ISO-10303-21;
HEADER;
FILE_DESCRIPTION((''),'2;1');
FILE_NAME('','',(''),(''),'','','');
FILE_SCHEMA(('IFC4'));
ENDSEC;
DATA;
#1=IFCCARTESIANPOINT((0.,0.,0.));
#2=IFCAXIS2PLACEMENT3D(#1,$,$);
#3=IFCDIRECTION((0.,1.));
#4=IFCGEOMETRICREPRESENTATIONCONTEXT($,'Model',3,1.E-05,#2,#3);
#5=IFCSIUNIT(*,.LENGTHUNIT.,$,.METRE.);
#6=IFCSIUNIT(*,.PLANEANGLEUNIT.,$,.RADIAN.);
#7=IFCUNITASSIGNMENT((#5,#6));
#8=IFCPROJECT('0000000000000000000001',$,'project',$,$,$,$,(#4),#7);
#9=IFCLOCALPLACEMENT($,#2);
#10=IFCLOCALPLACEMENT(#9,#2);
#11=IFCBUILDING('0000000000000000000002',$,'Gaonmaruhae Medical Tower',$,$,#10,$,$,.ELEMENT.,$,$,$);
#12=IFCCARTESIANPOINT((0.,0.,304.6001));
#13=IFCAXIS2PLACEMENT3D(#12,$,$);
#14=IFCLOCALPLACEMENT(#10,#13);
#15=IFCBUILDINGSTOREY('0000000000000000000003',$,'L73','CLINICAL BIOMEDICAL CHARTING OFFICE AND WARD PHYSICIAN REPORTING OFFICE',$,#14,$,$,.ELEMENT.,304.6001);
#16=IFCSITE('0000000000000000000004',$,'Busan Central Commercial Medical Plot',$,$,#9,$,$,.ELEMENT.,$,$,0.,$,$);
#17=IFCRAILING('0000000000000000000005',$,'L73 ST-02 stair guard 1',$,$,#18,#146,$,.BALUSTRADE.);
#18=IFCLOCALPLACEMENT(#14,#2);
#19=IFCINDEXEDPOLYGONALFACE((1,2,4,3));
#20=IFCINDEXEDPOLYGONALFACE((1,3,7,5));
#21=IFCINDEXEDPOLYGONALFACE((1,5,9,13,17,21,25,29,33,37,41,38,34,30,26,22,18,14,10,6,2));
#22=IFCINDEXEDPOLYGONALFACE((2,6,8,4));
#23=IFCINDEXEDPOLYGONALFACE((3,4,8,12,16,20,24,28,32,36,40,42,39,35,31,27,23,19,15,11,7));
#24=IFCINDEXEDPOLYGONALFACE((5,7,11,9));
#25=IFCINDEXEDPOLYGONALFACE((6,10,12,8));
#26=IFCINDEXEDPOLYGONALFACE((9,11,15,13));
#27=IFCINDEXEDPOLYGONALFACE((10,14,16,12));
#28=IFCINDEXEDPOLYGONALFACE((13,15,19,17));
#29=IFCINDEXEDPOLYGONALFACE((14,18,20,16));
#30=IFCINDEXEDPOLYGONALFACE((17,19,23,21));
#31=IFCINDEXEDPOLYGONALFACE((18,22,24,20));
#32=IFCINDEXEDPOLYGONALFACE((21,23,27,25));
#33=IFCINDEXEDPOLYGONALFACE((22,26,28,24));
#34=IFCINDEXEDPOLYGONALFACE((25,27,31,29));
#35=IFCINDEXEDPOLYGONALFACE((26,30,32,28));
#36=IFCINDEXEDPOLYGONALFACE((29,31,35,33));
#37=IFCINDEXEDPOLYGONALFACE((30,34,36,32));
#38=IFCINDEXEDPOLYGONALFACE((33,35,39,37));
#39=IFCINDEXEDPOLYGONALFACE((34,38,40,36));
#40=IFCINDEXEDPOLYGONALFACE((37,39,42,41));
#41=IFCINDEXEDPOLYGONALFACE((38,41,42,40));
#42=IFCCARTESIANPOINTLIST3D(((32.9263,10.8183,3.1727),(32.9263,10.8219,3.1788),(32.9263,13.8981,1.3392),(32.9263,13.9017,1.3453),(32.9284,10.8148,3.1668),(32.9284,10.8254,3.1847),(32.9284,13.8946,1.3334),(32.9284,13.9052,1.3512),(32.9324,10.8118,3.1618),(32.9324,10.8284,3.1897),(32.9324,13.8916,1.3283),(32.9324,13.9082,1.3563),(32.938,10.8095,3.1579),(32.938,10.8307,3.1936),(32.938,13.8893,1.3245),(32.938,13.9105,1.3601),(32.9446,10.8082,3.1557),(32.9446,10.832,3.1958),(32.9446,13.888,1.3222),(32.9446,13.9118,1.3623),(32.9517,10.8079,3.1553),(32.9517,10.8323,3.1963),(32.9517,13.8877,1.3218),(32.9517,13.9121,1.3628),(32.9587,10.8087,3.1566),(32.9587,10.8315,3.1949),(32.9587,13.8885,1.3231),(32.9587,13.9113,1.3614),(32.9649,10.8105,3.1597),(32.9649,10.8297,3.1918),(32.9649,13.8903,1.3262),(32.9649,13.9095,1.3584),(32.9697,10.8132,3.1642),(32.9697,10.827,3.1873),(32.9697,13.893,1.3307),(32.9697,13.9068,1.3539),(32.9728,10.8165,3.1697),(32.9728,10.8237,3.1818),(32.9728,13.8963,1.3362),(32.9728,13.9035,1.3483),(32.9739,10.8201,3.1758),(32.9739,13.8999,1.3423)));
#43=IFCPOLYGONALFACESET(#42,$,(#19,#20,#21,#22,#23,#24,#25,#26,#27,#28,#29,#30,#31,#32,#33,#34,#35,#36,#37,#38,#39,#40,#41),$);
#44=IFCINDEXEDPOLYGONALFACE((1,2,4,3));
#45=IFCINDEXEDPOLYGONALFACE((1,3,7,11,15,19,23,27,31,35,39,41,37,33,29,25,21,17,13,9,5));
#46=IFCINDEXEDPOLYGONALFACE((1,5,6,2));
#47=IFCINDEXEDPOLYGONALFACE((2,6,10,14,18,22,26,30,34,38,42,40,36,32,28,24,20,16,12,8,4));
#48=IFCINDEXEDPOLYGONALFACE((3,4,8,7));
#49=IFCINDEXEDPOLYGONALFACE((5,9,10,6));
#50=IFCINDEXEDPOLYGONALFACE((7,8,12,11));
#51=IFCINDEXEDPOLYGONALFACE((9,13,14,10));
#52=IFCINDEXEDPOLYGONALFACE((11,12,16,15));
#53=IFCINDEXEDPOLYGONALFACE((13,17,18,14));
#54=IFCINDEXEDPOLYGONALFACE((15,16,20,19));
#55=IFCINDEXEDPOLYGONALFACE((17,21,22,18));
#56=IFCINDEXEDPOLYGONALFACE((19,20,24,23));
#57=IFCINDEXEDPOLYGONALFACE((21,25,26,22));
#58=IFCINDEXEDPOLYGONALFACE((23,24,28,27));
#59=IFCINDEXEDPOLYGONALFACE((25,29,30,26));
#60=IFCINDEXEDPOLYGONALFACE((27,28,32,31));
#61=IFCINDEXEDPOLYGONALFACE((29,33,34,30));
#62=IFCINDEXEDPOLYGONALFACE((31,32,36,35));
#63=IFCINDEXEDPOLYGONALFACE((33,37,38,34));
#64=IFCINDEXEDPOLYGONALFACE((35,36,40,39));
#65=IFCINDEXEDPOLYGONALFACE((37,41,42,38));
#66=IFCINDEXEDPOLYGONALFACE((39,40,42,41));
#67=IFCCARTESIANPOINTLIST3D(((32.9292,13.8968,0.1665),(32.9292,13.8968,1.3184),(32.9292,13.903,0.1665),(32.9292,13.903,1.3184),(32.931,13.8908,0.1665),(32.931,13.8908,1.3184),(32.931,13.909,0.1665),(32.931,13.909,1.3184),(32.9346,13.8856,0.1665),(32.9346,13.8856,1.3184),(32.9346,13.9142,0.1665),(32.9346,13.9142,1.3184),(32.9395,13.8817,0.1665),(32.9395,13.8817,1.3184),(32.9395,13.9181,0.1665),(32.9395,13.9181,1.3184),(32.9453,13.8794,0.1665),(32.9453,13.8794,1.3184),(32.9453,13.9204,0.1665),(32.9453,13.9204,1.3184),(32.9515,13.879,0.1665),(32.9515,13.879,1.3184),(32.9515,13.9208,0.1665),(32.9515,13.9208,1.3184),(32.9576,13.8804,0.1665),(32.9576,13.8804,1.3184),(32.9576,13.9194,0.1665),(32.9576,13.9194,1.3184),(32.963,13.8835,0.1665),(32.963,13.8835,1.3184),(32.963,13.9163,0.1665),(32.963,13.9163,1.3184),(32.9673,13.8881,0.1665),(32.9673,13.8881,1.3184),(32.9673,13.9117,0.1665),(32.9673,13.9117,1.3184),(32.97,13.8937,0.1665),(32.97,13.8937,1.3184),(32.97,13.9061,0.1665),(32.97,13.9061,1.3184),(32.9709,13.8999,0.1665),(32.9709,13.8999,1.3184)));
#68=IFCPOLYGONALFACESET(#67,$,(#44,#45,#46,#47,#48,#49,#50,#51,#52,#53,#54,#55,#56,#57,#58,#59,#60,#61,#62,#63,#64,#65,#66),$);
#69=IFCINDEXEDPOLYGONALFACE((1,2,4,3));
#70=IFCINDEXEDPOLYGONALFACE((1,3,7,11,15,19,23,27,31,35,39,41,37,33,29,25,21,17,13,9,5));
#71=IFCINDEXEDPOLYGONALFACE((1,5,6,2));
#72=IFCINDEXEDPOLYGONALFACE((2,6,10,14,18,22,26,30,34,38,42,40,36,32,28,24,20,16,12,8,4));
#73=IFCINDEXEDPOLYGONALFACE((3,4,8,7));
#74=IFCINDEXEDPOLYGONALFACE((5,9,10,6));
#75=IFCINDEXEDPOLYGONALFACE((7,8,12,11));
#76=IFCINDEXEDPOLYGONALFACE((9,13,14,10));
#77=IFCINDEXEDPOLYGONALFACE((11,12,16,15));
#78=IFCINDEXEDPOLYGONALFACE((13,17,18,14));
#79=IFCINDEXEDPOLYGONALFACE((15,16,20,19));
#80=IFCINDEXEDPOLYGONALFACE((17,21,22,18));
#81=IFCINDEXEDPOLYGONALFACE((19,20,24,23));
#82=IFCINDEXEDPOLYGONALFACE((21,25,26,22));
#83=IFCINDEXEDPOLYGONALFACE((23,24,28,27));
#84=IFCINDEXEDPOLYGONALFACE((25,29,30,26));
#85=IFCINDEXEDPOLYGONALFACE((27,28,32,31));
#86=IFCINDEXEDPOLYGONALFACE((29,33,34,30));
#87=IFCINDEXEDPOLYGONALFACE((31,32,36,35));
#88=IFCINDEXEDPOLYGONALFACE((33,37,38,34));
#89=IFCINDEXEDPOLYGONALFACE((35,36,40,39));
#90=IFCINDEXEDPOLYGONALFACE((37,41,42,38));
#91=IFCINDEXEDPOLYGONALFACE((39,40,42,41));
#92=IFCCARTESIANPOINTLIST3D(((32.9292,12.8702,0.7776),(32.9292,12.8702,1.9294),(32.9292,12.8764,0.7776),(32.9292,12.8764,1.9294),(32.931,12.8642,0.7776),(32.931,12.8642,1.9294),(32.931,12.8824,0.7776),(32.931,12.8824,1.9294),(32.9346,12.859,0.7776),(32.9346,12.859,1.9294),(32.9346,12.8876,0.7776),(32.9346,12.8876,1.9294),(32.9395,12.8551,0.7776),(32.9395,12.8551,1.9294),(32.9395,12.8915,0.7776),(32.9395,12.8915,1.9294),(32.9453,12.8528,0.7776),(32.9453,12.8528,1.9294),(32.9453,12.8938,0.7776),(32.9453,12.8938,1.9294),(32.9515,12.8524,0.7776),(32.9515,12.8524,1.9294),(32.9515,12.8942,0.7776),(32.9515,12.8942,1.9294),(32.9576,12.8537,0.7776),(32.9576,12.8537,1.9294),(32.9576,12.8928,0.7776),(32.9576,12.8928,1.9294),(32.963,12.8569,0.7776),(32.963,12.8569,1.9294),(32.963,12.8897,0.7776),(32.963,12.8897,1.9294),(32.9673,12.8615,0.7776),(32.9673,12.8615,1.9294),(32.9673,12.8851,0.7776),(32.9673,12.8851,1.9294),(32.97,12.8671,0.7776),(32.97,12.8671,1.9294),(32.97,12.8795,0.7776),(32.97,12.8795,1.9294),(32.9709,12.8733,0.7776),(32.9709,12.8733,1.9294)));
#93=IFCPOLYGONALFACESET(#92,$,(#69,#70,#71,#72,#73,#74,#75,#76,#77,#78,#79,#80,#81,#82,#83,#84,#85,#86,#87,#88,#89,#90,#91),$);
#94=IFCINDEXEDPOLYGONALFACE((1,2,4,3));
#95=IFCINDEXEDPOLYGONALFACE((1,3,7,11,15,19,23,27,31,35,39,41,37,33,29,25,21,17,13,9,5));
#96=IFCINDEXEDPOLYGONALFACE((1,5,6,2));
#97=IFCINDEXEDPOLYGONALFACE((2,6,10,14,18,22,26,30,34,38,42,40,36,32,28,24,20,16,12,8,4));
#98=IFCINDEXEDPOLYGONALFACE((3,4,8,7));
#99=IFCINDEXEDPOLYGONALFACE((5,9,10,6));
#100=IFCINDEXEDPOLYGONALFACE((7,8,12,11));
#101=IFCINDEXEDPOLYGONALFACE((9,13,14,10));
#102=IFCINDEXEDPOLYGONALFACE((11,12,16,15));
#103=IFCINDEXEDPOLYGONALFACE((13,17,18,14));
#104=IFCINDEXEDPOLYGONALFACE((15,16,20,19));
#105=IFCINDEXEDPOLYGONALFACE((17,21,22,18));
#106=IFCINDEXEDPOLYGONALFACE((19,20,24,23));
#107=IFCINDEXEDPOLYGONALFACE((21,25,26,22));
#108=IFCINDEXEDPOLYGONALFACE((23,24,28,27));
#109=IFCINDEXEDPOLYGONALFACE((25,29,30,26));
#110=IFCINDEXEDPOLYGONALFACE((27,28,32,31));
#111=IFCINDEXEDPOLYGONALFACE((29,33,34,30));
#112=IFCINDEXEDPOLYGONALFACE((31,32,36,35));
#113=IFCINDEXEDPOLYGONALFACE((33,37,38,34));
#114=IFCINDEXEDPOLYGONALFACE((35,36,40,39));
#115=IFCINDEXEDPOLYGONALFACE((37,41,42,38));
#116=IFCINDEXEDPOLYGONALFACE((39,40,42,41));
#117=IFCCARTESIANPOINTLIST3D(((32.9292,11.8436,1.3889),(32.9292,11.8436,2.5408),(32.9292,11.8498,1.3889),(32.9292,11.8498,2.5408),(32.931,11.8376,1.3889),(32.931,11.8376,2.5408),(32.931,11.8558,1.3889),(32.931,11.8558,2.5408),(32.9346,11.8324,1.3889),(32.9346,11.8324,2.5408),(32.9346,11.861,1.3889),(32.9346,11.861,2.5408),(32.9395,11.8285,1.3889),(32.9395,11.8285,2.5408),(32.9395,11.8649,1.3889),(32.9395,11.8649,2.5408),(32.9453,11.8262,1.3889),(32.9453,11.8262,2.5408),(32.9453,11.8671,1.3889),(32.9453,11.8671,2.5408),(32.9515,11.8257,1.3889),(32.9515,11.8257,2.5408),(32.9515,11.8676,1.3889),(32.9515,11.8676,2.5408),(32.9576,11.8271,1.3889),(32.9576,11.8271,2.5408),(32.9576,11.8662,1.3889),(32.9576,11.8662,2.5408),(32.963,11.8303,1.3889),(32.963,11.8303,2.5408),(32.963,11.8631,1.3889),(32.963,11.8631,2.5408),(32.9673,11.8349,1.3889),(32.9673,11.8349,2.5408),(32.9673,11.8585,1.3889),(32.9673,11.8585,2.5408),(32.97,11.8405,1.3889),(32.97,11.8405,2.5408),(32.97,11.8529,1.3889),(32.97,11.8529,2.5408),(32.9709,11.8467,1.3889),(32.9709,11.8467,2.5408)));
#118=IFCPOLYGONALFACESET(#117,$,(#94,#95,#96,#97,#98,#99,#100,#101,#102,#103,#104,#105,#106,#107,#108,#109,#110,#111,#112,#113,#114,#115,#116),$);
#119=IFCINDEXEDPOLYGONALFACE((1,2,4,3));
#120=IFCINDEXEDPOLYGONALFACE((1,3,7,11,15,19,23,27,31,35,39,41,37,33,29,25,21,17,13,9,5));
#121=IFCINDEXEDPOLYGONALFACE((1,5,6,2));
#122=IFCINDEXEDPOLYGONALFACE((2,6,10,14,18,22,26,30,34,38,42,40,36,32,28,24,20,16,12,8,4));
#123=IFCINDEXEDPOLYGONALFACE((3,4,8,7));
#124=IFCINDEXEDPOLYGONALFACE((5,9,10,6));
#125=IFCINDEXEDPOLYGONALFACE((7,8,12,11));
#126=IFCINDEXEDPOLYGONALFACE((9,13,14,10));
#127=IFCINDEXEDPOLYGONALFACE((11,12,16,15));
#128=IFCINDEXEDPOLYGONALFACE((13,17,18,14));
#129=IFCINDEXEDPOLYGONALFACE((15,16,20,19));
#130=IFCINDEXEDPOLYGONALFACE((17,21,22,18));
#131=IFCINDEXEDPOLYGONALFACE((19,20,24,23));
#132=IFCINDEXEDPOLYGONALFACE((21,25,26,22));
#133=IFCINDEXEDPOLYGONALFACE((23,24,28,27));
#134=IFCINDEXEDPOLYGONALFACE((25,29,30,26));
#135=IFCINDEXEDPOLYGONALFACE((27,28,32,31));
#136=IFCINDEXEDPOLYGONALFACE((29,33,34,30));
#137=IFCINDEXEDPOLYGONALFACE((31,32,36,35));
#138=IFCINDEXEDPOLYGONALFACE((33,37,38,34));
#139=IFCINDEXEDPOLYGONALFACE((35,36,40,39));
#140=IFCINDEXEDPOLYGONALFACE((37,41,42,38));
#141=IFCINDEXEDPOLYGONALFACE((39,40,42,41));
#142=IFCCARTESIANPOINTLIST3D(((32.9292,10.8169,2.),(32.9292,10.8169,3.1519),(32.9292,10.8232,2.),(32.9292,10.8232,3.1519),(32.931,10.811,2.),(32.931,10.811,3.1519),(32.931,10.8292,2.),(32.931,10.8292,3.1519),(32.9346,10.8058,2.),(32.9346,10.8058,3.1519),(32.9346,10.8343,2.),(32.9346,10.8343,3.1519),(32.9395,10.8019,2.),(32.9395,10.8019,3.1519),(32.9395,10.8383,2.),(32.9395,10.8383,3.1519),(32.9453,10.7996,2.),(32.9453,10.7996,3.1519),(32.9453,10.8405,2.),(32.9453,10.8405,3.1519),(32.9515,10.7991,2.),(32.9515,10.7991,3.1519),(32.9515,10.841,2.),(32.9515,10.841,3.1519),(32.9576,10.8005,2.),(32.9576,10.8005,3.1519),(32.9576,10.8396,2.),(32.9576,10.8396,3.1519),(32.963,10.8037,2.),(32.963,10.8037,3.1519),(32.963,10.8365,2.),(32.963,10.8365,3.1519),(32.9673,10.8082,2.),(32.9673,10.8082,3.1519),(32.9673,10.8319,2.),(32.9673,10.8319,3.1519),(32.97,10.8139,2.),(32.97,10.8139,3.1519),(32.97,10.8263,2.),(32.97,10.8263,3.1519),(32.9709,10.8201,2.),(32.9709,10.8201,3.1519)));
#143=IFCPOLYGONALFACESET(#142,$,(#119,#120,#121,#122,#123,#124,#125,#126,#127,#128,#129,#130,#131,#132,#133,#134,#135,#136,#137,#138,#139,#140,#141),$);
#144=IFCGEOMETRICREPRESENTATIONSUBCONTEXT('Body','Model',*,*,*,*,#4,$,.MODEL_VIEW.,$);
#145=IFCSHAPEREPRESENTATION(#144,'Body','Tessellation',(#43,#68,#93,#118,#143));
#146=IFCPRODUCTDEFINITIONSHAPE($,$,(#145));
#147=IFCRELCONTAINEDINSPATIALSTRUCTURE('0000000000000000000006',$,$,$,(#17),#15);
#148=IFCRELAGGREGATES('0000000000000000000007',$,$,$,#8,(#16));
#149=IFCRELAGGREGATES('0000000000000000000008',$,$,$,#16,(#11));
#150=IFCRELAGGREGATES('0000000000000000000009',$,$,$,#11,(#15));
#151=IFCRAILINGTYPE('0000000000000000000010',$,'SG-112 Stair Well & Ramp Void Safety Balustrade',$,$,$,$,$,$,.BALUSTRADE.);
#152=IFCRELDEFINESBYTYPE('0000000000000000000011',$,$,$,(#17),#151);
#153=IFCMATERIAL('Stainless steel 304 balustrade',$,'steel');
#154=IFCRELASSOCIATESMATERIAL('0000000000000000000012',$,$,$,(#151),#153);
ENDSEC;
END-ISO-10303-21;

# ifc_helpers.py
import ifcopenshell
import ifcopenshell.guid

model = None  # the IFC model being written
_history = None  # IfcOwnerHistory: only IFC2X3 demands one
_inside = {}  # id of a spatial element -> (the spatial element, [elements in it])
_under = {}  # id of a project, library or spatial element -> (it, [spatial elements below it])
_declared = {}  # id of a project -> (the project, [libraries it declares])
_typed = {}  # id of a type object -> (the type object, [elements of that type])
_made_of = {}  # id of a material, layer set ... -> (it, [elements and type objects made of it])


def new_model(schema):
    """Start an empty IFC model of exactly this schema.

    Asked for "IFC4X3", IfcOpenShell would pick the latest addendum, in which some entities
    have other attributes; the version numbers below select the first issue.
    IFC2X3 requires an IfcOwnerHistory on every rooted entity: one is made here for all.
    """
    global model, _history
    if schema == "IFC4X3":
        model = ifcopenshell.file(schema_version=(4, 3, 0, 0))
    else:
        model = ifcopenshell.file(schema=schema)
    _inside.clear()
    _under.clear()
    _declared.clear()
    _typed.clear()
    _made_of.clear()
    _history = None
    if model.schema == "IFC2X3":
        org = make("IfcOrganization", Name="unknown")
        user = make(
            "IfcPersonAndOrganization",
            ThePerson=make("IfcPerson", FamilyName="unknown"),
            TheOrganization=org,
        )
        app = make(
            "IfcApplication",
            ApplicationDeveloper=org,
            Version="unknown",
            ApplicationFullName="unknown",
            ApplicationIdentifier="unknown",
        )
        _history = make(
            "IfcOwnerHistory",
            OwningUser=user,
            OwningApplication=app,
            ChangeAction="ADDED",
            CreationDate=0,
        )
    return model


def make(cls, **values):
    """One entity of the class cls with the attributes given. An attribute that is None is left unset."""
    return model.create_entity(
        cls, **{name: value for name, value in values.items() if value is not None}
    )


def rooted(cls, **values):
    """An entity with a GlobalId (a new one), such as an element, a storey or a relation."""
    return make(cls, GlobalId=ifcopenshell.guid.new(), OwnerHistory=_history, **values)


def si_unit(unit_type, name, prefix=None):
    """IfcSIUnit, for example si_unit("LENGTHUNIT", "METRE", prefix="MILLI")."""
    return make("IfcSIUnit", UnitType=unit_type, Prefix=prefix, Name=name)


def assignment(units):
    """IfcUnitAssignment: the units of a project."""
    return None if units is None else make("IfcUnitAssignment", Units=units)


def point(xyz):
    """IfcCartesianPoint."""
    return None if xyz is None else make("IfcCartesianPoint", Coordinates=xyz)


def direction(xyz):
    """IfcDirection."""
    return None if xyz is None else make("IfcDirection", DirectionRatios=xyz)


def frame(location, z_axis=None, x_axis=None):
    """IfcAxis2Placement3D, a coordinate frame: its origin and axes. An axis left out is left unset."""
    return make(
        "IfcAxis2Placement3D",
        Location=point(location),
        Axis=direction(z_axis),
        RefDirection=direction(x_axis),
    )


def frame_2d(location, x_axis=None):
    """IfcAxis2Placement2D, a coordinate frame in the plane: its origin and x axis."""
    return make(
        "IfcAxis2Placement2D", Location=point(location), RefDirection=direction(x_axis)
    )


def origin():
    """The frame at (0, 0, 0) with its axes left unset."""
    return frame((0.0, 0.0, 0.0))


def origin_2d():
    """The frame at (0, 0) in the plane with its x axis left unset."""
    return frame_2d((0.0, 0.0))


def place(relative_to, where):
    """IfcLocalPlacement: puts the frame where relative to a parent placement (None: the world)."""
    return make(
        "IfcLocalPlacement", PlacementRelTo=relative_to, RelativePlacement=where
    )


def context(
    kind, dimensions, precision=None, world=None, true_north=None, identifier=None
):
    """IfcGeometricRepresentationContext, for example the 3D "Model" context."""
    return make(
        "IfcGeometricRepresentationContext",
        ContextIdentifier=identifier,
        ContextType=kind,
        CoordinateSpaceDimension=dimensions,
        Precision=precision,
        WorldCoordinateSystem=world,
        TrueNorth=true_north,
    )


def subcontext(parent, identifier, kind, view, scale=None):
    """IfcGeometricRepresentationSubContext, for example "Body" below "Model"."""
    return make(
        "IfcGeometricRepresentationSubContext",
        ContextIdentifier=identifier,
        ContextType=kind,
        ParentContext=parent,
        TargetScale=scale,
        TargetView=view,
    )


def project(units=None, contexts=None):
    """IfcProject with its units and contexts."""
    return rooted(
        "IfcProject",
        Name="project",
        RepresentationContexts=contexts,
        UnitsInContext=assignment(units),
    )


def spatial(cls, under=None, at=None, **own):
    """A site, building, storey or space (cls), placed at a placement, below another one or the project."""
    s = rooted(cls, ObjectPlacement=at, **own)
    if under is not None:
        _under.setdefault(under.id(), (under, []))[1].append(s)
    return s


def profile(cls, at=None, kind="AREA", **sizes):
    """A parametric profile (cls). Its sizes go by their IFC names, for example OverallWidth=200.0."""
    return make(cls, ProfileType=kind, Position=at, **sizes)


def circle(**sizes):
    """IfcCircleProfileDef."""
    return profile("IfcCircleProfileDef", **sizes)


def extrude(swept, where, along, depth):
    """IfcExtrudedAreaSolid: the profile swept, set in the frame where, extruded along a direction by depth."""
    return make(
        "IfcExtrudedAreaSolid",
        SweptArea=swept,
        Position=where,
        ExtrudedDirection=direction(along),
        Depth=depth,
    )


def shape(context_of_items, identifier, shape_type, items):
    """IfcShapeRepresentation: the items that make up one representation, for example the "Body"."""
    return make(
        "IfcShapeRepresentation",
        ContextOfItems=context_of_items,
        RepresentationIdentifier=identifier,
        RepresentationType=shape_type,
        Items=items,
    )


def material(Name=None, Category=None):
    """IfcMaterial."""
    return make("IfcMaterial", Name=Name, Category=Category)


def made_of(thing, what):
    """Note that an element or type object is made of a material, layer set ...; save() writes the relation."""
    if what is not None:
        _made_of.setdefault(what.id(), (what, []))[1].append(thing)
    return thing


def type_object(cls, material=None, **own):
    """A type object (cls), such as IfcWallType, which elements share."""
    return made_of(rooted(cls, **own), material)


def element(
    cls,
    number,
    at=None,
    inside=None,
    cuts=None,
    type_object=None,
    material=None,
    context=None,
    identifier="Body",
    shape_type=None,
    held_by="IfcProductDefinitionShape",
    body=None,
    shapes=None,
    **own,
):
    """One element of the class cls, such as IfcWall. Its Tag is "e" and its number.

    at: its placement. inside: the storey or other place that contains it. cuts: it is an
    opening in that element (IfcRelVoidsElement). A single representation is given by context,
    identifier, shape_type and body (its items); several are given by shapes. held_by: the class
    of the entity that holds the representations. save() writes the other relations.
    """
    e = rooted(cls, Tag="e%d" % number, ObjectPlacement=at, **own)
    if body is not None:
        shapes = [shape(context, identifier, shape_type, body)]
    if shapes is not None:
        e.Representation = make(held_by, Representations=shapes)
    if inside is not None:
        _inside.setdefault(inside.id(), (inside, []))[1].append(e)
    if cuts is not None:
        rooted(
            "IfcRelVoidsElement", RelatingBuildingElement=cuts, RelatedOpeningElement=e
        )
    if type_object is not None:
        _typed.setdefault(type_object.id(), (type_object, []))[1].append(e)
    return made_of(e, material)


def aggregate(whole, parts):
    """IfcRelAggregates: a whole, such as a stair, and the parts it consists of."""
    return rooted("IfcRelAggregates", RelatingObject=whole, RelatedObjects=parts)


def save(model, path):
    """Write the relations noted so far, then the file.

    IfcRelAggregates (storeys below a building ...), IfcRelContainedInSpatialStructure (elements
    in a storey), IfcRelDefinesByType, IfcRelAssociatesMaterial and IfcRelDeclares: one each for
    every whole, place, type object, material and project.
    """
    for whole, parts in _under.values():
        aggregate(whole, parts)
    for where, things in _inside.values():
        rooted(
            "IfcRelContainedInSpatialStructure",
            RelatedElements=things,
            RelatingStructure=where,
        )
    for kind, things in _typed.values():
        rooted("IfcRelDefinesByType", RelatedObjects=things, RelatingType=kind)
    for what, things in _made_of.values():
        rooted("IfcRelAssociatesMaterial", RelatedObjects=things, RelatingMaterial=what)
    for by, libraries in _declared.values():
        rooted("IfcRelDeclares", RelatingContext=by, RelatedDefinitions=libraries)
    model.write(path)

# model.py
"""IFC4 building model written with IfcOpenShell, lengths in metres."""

from ifc_helpers import new_model, si_unit, direction, frame, origin, origin_2d, place, context, subcontext, project, spatial, circle, extrude, material, type_object, element, save


model = new_model("IFC4")

# Units and contexts
model_context = context("Model", 3, precision=1e-05, world=origin(), true_north=direction((0.0, 1.0)))
body_context = subcontext(model_context, "Body", "Model", "MODEL_VIEW")
ifc_project = project(units=[si_unit("LENGTHUNIT", "METRE"), si_unit("PLANEANGLEUNIT", "RADIAN")], contexts=[model_context])

# Site, building, storey
site_placement = place(None, origin())
site = spatial("IfcSite", under=ifc_project, at=site_placement, Name="Busan Central Commercial Medical Plot", CompositionType="ELEMENT", RefElevation=0.0)
building_placement = place(site_placement, origin())
building = spatial("IfcBuilding", under=site, at=building_placement, Name="Gaonmaruhae Medical Tower", CompositionType="ELEMENT")
storey_placement = place(building_placement, frame((0.0, 0.0, 304.6001)))
storey = spatial("IfcBuildingStorey", under=building, at=storey_placement, Name="L73", Description="CLINICAL BIOMEDICAL CHARTING OFFICE AND WARD PHYSICIAN REPORTING OFFICE", CompositionType="ELEMENT", Elevation=304.6001)

# Railing
ifc_material_1 = material(Name="Stainless steel 304 balustrade", Category="steel")
railing_type_1 = type_object("IfcRailingType", Name="SG-112 Stair Well & Ramp Void Safety Balustrade", PredefinedType="BALUSTRADE", material=ifc_material_1)
railing_1_placement = place(storey_placement, frame((32.95, 13.8999, 0.1665)))
element("IfcRailing", 1, at=railing_1_placement, inside=storey, type_object=railing_type_1, Name="L73 ST-02 stair guard 1", PredefinedType="BALUSTRADE", context=body_context, shape_type="SweptSolid", body=[
    extrude(circle(Radius=0.0239, at=origin_2d()), frame((0.0, 0.0, 1.1758), z_axis=(0.0, -0.859261, 0.511538), x_axis=(1.0, 0.0, 0.0)), (0.0, 0.0, 1.0), 3.5842),
    extrude(circle(Radius=0.021, at=origin_2d()), origin(), (0.0, 0.0, 1.0), 1.1519),
    extrude(circle(Radius=0.021, at=origin_2d()), frame((0.0, -1.0266, 0.6111)), (0.0, 0.0, 1.0), 1.1519),
    extrude(circle(Radius=0.021, at=origin_2d()), frame((0.0, -2.0532, 1.2224)), (0.0, 0.0, 1.0), 1.1519),
    extrude(circle(Radius=0.021, at=origin_2d()), frame((0.0, -3.0798, 1.8335)), (0.0, 0.0, 1.0), 1.1519),
])

save(model, "model.ifc")
